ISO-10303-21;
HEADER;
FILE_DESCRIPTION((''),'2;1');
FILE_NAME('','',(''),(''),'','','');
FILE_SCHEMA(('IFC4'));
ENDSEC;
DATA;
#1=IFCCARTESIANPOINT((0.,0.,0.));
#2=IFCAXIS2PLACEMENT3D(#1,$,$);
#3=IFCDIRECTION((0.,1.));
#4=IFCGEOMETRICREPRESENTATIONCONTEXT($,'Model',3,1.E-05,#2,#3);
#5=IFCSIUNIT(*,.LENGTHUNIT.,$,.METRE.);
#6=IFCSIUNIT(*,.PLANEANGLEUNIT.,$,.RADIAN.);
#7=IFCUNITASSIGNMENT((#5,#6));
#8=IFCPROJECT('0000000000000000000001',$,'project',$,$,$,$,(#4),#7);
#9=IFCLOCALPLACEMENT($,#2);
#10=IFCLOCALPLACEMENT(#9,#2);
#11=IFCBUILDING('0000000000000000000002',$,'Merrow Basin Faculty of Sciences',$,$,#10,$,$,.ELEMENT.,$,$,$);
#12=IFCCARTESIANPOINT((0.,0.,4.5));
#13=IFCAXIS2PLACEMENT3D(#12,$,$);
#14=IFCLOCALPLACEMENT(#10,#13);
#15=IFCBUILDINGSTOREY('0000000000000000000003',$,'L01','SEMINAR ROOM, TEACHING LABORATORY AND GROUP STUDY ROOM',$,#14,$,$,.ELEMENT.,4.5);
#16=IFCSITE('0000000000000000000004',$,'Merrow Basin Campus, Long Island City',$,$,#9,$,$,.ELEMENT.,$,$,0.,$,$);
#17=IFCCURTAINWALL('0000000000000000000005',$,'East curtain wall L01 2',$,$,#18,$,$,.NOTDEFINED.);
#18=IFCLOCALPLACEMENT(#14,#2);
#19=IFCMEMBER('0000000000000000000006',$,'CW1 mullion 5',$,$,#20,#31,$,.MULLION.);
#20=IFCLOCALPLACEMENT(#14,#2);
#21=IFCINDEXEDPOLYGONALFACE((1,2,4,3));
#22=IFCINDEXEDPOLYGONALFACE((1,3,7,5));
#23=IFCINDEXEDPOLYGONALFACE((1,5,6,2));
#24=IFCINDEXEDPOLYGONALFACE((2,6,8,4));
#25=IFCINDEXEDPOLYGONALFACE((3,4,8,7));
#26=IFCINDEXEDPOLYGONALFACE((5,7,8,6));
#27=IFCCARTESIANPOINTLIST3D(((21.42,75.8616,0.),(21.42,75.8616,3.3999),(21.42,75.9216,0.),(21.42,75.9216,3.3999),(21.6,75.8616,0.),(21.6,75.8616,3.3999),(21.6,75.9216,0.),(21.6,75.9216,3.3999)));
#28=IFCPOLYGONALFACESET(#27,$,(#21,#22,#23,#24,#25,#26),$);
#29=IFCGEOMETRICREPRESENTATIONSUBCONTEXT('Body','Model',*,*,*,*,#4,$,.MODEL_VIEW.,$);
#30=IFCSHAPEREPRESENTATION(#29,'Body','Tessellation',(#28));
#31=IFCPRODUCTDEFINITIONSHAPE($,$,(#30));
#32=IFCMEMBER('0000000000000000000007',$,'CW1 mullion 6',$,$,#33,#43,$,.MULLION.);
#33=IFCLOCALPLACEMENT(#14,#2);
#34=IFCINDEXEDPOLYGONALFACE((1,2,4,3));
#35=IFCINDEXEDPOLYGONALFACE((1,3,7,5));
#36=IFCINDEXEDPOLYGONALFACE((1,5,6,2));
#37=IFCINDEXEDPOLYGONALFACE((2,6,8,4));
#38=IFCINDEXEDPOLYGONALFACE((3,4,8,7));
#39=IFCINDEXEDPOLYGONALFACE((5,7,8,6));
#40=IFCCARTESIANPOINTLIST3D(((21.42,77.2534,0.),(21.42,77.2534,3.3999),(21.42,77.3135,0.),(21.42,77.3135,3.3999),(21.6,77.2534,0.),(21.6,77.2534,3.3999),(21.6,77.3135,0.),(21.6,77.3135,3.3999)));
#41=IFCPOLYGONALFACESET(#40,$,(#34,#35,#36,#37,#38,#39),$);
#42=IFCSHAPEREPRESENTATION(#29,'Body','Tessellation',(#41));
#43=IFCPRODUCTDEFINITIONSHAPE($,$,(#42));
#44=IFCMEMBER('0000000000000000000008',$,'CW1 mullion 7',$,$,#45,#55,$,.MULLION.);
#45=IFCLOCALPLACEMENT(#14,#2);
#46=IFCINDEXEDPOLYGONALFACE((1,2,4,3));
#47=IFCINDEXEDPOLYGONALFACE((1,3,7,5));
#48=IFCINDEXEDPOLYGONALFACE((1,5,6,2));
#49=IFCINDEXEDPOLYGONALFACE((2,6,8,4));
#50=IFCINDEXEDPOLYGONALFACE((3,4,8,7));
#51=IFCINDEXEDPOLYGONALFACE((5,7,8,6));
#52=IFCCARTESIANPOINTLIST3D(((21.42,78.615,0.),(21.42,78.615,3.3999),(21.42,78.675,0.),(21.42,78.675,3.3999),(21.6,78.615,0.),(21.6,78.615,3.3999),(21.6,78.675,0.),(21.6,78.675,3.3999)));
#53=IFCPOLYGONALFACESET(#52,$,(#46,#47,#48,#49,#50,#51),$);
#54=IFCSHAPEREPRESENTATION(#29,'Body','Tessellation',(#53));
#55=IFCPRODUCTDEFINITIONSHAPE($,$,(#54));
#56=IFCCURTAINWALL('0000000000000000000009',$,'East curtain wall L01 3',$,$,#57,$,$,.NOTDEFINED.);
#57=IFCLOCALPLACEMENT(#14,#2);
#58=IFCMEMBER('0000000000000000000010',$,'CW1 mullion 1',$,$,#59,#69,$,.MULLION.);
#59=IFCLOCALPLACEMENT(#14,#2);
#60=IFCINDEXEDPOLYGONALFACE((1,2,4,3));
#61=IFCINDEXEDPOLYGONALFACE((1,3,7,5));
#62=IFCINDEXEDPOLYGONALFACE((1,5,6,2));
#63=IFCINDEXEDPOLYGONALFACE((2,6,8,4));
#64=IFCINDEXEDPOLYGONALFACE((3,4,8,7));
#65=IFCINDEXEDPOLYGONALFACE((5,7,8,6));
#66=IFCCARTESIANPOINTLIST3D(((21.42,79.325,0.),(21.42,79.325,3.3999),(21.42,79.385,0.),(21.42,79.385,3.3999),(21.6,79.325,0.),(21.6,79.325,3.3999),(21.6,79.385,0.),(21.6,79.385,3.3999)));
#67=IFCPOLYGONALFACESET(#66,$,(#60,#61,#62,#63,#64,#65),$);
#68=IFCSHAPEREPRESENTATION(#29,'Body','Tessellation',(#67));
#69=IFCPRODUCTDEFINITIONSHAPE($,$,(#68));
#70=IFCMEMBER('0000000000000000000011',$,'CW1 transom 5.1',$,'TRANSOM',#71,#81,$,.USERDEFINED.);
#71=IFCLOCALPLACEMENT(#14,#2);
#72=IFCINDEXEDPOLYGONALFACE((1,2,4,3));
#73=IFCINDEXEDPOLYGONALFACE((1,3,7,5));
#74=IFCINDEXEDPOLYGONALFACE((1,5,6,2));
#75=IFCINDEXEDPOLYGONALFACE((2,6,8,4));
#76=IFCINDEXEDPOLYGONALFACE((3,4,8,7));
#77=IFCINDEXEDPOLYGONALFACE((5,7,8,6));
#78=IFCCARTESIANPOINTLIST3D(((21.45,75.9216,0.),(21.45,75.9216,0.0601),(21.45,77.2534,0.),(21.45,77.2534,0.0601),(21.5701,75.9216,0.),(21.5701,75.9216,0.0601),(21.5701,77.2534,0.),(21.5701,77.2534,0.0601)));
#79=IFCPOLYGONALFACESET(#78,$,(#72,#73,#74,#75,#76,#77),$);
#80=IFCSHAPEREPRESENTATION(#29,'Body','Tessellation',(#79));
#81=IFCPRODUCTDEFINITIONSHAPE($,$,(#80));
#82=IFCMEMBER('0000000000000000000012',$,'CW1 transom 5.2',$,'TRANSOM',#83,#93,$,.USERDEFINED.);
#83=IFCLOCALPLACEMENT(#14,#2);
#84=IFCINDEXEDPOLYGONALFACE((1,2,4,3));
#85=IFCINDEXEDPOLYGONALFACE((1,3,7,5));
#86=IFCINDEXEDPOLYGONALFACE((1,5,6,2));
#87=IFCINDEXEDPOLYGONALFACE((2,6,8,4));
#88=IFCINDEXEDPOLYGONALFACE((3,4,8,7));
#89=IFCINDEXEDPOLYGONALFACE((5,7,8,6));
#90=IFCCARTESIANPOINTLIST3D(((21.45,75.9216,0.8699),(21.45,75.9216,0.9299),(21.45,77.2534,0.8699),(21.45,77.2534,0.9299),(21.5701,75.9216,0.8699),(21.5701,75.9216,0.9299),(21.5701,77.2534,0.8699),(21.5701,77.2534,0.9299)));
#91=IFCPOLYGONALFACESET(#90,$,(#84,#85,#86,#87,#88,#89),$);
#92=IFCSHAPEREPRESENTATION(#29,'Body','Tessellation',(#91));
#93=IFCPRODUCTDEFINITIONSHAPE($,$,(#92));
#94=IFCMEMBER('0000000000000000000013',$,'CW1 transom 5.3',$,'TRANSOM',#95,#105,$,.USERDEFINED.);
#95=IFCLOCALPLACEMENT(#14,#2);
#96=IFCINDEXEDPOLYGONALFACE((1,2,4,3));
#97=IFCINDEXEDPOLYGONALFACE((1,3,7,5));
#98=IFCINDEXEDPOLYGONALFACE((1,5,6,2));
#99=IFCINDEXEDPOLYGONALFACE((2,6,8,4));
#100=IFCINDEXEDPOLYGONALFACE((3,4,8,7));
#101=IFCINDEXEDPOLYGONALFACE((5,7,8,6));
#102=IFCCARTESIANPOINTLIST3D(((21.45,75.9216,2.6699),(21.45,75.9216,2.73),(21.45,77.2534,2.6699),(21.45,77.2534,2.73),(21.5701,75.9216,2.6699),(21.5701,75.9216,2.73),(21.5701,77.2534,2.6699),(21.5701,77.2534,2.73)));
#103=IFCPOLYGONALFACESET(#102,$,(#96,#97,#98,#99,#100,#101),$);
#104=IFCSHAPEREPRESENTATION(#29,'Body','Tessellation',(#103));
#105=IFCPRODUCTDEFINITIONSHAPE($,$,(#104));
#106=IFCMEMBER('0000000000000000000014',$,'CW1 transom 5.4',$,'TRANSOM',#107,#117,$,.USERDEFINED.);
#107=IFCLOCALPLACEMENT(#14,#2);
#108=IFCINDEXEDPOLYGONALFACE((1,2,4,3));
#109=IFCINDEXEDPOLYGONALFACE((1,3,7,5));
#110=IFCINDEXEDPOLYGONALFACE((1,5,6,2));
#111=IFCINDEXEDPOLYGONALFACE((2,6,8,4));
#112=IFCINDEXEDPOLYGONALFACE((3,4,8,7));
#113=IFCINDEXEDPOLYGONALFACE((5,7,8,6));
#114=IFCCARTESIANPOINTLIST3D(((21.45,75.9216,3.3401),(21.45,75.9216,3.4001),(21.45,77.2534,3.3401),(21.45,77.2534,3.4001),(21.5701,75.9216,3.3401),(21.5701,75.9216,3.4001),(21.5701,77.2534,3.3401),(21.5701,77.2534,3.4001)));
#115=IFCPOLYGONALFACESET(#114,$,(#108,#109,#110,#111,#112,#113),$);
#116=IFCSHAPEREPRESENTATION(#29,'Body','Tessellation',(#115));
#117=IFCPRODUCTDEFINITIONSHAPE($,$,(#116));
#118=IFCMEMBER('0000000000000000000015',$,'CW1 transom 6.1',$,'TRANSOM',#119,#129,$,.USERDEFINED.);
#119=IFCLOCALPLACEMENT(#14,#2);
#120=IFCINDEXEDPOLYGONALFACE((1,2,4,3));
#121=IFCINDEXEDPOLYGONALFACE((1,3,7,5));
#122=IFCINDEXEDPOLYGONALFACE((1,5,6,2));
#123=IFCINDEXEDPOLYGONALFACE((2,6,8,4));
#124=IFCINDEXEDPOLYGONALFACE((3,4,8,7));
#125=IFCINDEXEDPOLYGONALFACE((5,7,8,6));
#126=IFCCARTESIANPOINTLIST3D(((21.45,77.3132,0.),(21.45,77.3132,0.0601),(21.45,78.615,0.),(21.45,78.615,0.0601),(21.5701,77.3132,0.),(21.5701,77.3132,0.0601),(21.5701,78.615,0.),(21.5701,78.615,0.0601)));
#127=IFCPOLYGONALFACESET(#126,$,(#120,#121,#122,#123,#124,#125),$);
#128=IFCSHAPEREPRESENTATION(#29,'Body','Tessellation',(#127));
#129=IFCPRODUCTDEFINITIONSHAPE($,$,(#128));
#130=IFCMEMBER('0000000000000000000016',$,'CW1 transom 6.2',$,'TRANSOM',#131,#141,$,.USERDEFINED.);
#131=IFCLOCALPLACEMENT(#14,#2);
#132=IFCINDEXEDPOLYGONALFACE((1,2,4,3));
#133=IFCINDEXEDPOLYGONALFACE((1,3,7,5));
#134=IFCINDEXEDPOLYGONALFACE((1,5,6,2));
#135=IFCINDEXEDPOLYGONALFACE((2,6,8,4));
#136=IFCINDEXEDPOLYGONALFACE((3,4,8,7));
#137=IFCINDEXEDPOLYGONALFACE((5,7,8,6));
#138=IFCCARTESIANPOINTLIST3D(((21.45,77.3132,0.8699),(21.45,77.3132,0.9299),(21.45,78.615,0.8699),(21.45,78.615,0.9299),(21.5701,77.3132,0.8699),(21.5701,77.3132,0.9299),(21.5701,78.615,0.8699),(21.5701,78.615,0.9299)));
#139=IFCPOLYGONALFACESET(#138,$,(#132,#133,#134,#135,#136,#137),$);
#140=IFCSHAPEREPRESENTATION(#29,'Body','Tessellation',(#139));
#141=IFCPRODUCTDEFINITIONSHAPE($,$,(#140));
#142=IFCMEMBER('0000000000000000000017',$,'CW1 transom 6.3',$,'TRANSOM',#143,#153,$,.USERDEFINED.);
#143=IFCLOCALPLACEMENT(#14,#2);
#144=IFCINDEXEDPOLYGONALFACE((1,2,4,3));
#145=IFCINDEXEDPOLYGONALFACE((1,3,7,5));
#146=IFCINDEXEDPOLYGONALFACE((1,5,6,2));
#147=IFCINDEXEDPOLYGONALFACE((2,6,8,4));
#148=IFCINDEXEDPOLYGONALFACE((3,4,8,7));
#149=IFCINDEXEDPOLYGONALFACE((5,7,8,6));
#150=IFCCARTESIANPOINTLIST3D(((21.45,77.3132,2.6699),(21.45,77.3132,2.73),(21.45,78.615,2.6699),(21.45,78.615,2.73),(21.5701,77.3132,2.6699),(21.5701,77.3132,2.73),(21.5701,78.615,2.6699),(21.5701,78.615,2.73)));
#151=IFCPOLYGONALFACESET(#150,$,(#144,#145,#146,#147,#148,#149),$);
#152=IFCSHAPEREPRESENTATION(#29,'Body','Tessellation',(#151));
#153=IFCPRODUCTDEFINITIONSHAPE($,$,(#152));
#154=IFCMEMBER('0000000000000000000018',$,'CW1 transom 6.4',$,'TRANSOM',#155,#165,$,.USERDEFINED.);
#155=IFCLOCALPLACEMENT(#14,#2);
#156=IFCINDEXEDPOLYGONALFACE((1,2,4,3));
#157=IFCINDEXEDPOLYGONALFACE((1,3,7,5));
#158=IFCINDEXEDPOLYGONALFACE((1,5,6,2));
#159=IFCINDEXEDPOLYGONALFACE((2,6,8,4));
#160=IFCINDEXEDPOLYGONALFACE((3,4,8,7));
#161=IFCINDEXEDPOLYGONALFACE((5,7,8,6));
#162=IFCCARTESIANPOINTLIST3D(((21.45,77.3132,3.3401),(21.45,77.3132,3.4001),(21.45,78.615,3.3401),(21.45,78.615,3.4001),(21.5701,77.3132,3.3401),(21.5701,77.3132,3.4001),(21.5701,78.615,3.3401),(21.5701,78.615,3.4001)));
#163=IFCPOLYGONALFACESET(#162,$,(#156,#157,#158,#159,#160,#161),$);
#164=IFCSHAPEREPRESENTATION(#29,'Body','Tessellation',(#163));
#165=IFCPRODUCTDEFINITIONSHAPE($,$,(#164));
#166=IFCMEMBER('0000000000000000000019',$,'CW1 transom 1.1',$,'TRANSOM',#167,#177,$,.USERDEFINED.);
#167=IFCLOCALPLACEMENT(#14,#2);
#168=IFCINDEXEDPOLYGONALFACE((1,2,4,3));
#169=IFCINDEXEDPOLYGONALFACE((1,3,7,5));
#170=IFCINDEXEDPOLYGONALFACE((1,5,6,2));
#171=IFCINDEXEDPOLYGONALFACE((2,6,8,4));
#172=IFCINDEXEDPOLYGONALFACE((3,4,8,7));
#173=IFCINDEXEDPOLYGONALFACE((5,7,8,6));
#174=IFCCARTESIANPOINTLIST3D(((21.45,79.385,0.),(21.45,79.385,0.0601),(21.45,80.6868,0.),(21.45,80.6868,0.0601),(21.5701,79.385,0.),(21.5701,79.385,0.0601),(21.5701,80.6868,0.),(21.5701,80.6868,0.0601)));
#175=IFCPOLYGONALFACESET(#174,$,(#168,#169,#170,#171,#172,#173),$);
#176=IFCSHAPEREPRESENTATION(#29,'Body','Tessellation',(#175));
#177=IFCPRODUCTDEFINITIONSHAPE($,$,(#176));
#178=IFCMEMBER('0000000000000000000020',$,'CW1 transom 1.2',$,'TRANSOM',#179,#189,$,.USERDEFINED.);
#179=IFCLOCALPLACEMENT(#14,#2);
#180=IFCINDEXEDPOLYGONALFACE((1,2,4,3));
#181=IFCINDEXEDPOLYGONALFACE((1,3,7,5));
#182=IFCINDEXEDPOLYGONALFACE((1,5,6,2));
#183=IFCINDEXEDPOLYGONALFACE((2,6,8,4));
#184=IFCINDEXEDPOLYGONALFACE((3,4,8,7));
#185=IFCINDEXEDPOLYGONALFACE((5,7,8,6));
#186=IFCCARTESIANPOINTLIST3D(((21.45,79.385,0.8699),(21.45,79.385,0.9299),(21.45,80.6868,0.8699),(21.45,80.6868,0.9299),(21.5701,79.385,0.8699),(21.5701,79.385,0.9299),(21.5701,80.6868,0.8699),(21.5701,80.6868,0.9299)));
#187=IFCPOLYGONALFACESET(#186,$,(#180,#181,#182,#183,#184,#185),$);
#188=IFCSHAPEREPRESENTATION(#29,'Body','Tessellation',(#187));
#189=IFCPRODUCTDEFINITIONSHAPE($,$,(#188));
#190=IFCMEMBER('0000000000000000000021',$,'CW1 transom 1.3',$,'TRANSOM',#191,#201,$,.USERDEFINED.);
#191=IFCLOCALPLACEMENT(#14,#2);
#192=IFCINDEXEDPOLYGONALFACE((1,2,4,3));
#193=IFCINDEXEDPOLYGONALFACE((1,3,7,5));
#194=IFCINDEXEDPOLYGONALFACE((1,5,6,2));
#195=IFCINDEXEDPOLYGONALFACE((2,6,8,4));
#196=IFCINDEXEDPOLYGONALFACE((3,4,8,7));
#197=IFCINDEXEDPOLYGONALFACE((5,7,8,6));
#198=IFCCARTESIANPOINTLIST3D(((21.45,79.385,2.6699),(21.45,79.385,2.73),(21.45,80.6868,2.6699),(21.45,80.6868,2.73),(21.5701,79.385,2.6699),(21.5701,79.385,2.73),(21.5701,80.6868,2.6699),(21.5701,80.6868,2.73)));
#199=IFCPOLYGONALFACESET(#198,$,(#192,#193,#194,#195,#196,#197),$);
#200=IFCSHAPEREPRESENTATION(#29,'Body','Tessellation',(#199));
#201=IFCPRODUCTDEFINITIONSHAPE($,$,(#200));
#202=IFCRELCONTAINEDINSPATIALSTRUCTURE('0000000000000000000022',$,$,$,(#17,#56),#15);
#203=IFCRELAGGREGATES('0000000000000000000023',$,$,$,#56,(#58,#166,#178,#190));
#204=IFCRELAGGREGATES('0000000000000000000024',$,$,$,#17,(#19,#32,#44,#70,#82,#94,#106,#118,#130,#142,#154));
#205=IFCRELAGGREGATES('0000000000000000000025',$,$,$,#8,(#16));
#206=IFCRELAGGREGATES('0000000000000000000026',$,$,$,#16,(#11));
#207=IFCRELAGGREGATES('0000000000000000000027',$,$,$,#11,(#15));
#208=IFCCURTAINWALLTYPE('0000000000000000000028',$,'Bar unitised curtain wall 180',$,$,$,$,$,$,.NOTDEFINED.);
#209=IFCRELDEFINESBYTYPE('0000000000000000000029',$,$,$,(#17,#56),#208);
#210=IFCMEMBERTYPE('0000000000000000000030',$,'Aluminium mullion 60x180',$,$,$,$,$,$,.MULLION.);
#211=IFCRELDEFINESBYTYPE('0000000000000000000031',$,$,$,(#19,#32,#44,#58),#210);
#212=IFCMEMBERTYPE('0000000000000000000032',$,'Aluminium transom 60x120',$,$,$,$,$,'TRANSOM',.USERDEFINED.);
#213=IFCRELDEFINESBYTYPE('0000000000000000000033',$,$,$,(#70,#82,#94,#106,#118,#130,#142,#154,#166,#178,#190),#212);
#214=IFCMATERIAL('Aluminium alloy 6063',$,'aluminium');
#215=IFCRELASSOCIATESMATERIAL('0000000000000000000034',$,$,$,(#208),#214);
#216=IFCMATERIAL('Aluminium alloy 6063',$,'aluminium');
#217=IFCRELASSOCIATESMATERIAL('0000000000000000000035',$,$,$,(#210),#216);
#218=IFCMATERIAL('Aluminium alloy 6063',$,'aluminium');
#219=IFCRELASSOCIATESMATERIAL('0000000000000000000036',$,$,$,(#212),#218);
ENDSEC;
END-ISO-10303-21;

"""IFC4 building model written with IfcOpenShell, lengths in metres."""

from ifc_helpers import new_model, si_unit, direction, frame, origin, origin_2d, place, context, subcontext, project, spatial, rectangle, extrude, material, material_profile, profile_set, type_object, element, aggregate, save


model = new_model("IFC4")

# Units and contexts
model_context = context("Model", 3, precision=1e-05, world=origin(), true_north=direction((0.0, 1.0)))
body_context = subcontext(model_context, "Body", "Model", "MODEL_VIEW")
ifc_project = project(units=[si_unit("LENGTHUNIT", "METRE"), si_unit("PLANEANGLEUNIT", "RADIAN")], contexts=[model_context])

# Site, building, storey
site_placement = place(None, origin())
site = spatial("IfcSite", under=ifc_project, at=site_placement, Name="Merrow Basin Campus, Long Island City", CompositionType="ELEMENT", RefElevation=0.0)
building_placement = place(site_placement, origin())
building = spatial("IfcBuilding", under=site, at=building_placement, Name="Merrow Basin Faculty of Sciences", CompositionType="ELEMENT")
storey_placement = place(building_placement, frame((0.0, 0.0, 4.5)))
storey = spatial("IfcBuildingStorey", under=building, at=storey_placement, Name="L01", Description="SEMINAR ROOM, TEACHING LABORATORY AND GROUP STUDY ROOM", CompositionType="ELEMENT", Elevation=4.5)

# Curtain wall, members
ifc_material_1 = material(Name="Aluminium alloy 6063", Category="aluminium")
curtain_wall_type = type_object("IfcCurtainWallType", Name="Bar unitised curtain wall 180", PredefinedType="NOTDEFINED", material=ifc_material_1)
curtain_wall_1_placement = place(storey_placement, origin())
curtain_wall_1 = element("IfcCurtainWall", 1, at=curtain_wall_1_placement, inside=storey, type_object=curtain_wall_type, Name="East curtain wall L01 2", PredefinedType="NOTDEFINED")
ifc_material_2 = material(Name="Aluminium alloy 6063", Category="aluminium")
ifc_material_profile_1 = material_profile(ifc_material_2, rectangle(XDim=0.1799, YDim=0.0601, at=origin_2d()))
ifc_profile_set_1 = profile_set([ifc_material_profile_1], Name="Aluminium alloy 6063")
member_type_1 = type_object("IfcMemberType", Name="Aluminium mullion 60x180", PredefinedType="MULLION", material=ifc_profile_set_1)
member_1_placement = place(storey_placement, frame((21.51, 75.8916, 0.0), z_axis=(0.0, 0.0, 1.0), x_axis=(-1.0, 0.0, 0.0)))
member_1 = element("IfcMember", 2, at=member_1_placement, type_object=member_type_1, Name="CW1 mullion 5", PredefinedType="MULLION", context=body_context, shape_type="SweptSolid", body=[
    extrude(rectangle(XDim=0.1799, YDim=0.0601, at=origin_2d()), origin(), (0.0, 0.0, 1.0), 3.3999),
])
member_2_placement = place(storey_placement, frame((21.51, 77.2834, 0.0), z_axis=(0.0, 0.0, 1.0), x_axis=(-1.0, 0.0, 0.0)))
member_2 = element("IfcMember", 3, at=member_2_placement, type_object=member_type_1, Name="CW1 mullion 6", PredefinedType="MULLION", context=body_context, shape_type="SweptSolid", body=[
    extrude(rectangle(XDim=0.1799, YDim=0.0601, at=origin_2d()), origin(), (0.0, 0.0, 1.0), 3.3999),
])
member_3_placement = place(storey_placement, frame((21.51, 78.645, 0.0), z_axis=(0.0, 0.0, 1.0), x_axis=(-1.0, 0.0, 0.0)))
member_3 = element("IfcMember", 4, at=member_3_placement, type_object=member_type_1, Name="CW1 mullion 7", PredefinedType="MULLION", context=body_context, shape_type="SweptSolid", body=[
    extrude(rectangle(XDim=0.1799, YDim=0.0601, at=origin_2d()), origin(), (0.0, 0.0, 1.0), 3.3999),
])

# Curtain wall, member
curtain_wall_2_placement = place(storey_placement, origin())
curtain_wall_2 = element("IfcCurtainWall", 5, at=curtain_wall_2_placement, inside=storey, type_object=curtain_wall_type, Name="East curtain wall L01 3", PredefinedType="NOTDEFINED")
member_4_placement = place(storey_placement, frame((21.51, 79.355, 0.0), z_axis=(0.0, 0.0, 1.0), x_axis=(-1.0, 0.0, 0.0)))
member_4 = element("IfcMember", 6, at=member_4_placement, type_object=member_type_1, Name="CW1 mullion 1", PredefinedType="MULLION", context=body_context, shape_type="SweptSolid", body=[
    extrude(rectangle(XDim=0.1799, YDim=0.0601, at=origin_2d()), origin(), (0.0, 0.0, 1.0), 3.3999),
])

# Members
ifc_material_3 = material(Name="Aluminium alloy 6063", Category="aluminium")
ifc_material_profile_2 = material_profile(ifc_material_3, rectangle(XDim=0.1201, YDim=0.0601, at=origin_2d()))
ifc_profile_set_2 = profile_set([ifc_material_profile_2], Name="Aluminium alloy 6063")
member_type_2 = type_object("IfcMemberType", Name="Aluminium transom 60x120", ElementType="TRANSOM", PredefinedType="USERDEFINED", material=ifc_profile_set_2)
member_5_placement = place(storey_placement, frame((21.51, 75.9216, 0.03), z_axis=(0.0, 1.0, 0.0), x_axis=(-1.0, 0.0, 0.0)))
member_5 = element("IfcMember", 7, at=member_5_placement, type_object=member_type_2, Name="CW1 transom 5.1", ObjectType="TRANSOM", PredefinedType="USERDEFINED", context=body_context, shape_type="SweptSolid", body=[
    extrude(rectangle(XDim=0.1201, YDim=0.0601, at=origin_2d()), origin(), (0.0, 0.0, 1.0), 1.3318),
])
member_6_placement = place(storey_placement, frame((21.51, 75.9216, 0.8999), z_axis=(0.0, 1.0, 0.0), x_axis=(-1.0, 0.0, 0.0)))
member_6 = element("IfcMember", 8, at=member_6_placement, type_object=member_type_2, Name="CW1 transom 5.2", ObjectType="TRANSOM", PredefinedType="USERDEFINED", context=body_context, shape_type="SweptSolid", body=[
    extrude(rectangle(XDim=0.1201, YDim=0.0601, at=origin_2d()), origin(), (0.0, 0.0, 1.0), 1.3318),
])
member_7_placement = place(storey_placement, frame((21.51, 75.9216, 2.7), z_axis=(0.0, 1.0, 0.0), x_axis=(-1.0, 0.0, 0.0)))
member_7 = element("IfcMember", 9, at=member_7_placement, type_object=member_type_2, Name="CW1 transom 5.3", ObjectType="TRANSOM", PredefinedType="USERDEFINED", context=body_context, shape_type="SweptSolid", body=[
    extrude(rectangle(XDim=0.1201, YDim=0.0601, at=origin_2d()), origin(), (0.0, 0.0, 1.0), 1.3318),
])
member_8_placement = place(storey_placement, frame((21.51, 75.9216, 3.3701), z_axis=(0.0, 1.0, 0.0), x_axis=(-1.0, 0.0, 0.0)))
member_8 = element("IfcMember", 10, at=member_8_placement, type_object=member_type_2, Name="CW1 transom 5.4", ObjectType="TRANSOM", PredefinedType="USERDEFINED", context=body_context, shape_type="SweptSolid", body=[
    extrude(rectangle(XDim=0.1201, YDim=0.0601, at=origin_2d()), origin(), (0.0, 0.0, 1.0), 1.3318),
])
member_9_placement = place(storey_placement, frame((21.51, 77.3132, 0.03), z_axis=(0.0, 1.0, 0.0), x_axis=(-1.0, 0.0, 0.0)))
member_9 = element("IfcMember", 11, at=member_9_placement, type_object=member_type_2, Name="CW1 transom 6.1", ObjectType="TRANSOM", PredefinedType="USERDEFINED", context=body_context, shape_type="SweptSolid", body=[
    extrude(rectangle(XDim=0.1201, YDim=0.0601, at=origin_2d()), origin(), (0.0, 0.0, 1.0), 1.3018),
])
member_10_placement = place(storey_placement, frame((21.51, 77.3132, 0.8999), z_axis=(0.0, 1.0, 0.0), x_axis=(-1.0, 0.0, 0.0)))
member_10 = element("IfcMember", 12, at=member_10_placement, type_object=member_type_2, Name="CW1 transom 6.2", ObjectType="TRANSOM", PredefinedType="USERDEFINED", context=body_context, shape_type="SweptSolid", body=[
    extrude(rectangle(XDim=0.1201, YDim=0.0601, at=origin_2d()), origin(), (0.0, 0.0, 1.0), 1.3018),
])
member_11_placement = place(storey_placement, frame((21.51, 77.3132, 2.7), z_axis=(0.0, 1.0, 0.0), x_axis=(-1.0, 0.0, 0.0)))
member_11 = element("IfcMember", 13, at=member_11_placement, type_object=member_type_2, Name="CW1 transom 6.3", ObjectType="TRANSOM", PredefinedType="USERDEFINED", context=body_context, shape_type="SweptSolid", body=[
    extrude(rectangle(XDim=0.1201, YDim=0.0601, at=origin_2d()), origin(), (0.0, 0.0, 1.0), 1.3018),
])
member_12_placement = place(storey_placement, frame((21.51, 77.3132, 3.3701), z_axis=(0.0, 1.0, 0.0), x_axis=(-1.0, 0.0, 0.0)))
member_12 = element("IfcMember", 14, at=member_12_placement, type_object=member_type_2, Name="CW1 transom 6.4", ObjectType="TRANSOM", PredefinedType="USERDEFINED", context=body_context, shape_type="SweptSolid", body=[
    extrude(rectangle(XDim=0.1201, YDim=0.0601, at=origin_2d()), origin(), (0.0, 0.0, 1.0), 1.3018),
])
member_13_placement = place(storey_placement, frame((21.51, 79.385, 0.03), z_axis=(0.0, 1.0, 0.0), x_axis=(-1.0, 0.0, 0.0)))
member_13 = element("IfcMember", 15, at=member_13_placement, type_object=member_type_2, Name="CW1 transom 1.1", ObjectType="TRANSOM", PredefinedType="USERDEFINED", context=body_context, shape_type="SweptSolid", body=[
    extrude(rectangle(XDim=0.1201, YDim=0.0601, at=origin_2d()), origin(), (0.0, 0.0, 1.0), 1.3018),
])
member_14_placement = place(storey_placement, frame((21.51, 79.385, 0.8999), z_axis=(0.0, 1.0, 0.0), x_axis=(-1.0, 0.0, 0.0)))
member_14 = element("IfcMember", 16, at=member_14_placement, type_object=member_type_2, Name="CW1 transom 1.2", ObjectType="TRANSOM", PredefinedType="USERDEFINED", context=body_context, shape_type="SweptSolid", body=[
    extrude(rectangle(XDim=0.1201, YDim=0.0601, at=origin_2d()), origin(), (0.0, 0.0, 1.0), 1.3018),
])
member_15_placement = place(storey_placement, frame((21.51, 79.385, 2.7), z_axis=(0.0, 1.0, 0.0), x_axis=(-1.0, 0.0, 0.0)))
member_15 = element("IfcMember", 17, at=member_15_placement, type_object=member_type_2, Name="CW1 transom 1.3", ObjectType="TRANSOM", PredefinedType="USERDEFINED", context=body_context, shape_type="SweptSolid", body=[
    extrude(rectangle(XDim=0.1201, YDim=0.0601, at=origin_2d()), origin(), (0.0, 0.0, 1.0), 1.3018),
])

aggregate(curtain_wall_2, [member_4, member_13, member_14, member_15])
aggregate(curtain_wall_1, [member_1, member_2, member_3, member_5, member_6, member_7, member_8, member_9, member_10, member_11, member_12])

save(model, "model.ifc")
